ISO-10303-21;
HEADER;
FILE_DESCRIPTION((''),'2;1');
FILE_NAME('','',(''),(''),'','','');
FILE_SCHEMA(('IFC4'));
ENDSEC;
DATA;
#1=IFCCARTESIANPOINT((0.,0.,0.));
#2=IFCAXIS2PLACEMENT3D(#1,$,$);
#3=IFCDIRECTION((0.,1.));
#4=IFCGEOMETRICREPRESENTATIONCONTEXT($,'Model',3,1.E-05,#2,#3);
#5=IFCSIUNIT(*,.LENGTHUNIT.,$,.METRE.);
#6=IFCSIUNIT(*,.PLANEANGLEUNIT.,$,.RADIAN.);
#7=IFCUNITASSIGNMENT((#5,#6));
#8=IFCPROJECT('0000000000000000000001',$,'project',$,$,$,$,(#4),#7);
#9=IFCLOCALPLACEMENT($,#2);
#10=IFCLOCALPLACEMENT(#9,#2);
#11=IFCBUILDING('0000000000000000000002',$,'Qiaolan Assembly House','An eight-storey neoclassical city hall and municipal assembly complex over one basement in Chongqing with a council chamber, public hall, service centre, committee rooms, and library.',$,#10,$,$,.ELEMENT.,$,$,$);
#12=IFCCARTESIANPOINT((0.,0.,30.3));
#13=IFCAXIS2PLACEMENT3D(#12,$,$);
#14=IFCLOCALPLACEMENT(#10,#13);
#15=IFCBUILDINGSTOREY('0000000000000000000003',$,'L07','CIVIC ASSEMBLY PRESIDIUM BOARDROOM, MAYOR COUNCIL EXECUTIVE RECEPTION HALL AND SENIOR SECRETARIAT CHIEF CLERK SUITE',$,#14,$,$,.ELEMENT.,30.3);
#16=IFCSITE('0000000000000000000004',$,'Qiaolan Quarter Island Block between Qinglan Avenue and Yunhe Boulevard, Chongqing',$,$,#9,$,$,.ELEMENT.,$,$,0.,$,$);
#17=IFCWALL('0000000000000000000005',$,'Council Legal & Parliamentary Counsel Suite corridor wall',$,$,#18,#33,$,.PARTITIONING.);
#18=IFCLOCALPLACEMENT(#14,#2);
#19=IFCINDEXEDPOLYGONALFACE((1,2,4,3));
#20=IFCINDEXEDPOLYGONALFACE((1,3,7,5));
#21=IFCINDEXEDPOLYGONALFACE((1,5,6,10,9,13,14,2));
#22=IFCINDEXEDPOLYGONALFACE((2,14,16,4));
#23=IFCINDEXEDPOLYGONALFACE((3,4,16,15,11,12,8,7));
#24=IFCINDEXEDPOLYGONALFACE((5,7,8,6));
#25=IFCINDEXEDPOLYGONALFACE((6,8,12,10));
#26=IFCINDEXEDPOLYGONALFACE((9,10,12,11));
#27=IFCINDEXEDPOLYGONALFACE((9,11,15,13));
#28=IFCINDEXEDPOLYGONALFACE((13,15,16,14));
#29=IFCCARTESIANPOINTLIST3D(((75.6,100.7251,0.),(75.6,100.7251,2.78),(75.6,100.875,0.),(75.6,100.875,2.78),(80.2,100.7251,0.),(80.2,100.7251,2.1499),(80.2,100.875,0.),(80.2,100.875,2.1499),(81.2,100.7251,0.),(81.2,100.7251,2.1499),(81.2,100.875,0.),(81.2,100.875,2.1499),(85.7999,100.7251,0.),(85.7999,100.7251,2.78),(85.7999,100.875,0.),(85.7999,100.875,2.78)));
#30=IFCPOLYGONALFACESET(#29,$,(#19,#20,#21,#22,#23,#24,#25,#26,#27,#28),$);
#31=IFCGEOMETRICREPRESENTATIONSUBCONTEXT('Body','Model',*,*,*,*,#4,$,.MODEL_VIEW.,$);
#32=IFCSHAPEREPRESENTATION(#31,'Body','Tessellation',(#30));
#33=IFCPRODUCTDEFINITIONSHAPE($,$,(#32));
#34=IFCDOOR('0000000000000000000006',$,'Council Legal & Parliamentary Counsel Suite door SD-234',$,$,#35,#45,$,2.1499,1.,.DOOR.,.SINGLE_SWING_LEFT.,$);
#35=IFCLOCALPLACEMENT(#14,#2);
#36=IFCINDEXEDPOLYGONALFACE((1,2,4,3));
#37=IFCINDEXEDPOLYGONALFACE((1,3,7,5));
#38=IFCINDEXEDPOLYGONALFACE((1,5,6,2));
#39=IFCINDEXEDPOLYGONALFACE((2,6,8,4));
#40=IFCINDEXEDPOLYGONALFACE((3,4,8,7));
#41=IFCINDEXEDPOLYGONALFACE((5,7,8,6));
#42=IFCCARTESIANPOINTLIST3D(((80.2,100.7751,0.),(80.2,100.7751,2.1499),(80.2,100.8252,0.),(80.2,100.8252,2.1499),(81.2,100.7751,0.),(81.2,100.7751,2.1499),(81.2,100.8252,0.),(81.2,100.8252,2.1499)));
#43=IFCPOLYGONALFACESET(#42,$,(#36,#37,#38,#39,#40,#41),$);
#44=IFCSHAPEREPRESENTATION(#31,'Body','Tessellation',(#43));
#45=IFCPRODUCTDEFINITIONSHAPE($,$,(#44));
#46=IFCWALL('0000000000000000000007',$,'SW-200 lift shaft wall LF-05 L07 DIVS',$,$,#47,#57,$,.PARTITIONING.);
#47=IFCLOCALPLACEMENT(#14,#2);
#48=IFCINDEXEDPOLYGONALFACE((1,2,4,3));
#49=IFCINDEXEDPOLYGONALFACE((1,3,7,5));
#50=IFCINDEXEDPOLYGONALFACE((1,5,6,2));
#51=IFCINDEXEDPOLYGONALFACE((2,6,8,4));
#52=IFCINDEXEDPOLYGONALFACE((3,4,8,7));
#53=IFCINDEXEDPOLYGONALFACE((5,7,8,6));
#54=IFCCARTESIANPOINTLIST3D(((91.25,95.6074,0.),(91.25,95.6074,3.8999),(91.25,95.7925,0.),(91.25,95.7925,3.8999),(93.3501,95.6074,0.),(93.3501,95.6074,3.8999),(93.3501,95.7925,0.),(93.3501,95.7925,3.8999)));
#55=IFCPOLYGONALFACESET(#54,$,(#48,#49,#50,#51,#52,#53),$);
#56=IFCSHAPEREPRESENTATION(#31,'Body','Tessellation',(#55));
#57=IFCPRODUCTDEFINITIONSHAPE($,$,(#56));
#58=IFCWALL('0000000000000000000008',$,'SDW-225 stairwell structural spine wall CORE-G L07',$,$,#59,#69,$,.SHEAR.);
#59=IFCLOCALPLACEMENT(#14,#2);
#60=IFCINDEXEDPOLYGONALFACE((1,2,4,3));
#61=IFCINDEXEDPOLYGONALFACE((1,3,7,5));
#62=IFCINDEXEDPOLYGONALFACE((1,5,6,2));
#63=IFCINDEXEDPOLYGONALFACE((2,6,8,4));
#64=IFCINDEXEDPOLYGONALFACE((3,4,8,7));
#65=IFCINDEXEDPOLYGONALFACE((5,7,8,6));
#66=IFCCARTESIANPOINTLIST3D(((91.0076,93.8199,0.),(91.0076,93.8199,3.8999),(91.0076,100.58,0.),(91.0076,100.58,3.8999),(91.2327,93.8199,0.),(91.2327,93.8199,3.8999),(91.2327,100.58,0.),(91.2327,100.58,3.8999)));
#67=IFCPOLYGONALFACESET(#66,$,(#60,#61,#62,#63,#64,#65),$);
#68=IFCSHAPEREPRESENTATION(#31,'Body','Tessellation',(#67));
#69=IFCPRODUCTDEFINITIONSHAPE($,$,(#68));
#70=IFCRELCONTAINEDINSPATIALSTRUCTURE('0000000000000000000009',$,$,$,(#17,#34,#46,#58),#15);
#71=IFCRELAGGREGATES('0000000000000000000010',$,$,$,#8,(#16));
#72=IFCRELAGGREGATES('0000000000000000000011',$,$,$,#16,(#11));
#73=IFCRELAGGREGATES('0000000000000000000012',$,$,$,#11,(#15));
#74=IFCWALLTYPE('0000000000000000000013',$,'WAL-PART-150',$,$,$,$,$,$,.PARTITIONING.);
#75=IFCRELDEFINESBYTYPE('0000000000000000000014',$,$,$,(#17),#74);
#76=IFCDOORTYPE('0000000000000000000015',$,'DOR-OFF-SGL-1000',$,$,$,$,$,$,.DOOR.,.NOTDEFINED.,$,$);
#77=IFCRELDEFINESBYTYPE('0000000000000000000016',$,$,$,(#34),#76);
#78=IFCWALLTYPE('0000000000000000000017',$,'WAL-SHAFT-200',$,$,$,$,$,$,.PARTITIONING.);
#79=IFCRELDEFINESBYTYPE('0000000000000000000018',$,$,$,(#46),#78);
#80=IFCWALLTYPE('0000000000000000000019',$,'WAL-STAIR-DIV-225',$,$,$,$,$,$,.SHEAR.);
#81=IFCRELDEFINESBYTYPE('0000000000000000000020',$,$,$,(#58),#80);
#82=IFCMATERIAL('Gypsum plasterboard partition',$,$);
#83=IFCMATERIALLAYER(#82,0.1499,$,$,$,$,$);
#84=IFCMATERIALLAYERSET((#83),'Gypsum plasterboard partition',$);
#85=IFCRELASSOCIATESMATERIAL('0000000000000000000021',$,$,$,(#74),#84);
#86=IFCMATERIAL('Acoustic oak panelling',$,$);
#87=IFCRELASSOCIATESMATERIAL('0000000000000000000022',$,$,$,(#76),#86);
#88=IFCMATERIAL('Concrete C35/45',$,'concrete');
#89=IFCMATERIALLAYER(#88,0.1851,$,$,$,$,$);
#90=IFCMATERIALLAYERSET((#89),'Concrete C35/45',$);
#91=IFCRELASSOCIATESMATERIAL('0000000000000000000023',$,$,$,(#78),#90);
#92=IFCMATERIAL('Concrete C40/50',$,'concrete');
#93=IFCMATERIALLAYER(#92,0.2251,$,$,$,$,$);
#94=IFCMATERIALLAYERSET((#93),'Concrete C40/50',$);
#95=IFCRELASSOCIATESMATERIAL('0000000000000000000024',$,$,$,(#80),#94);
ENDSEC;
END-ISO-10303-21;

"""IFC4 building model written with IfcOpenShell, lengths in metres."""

from ifc_helpers import new_model, si_unit, direction, frame, frame_2d, origin, place, context, subcontext, project, spatial, rectangle, extrude, material, layer, layer_set, type_object, element, fill, save


model = new_model("IFC4")

# Units and contexts
model_context = context("Model", 3, precision=1e-05, world=origin(), true_north=direction((0.0, 1.0)))
body_context = subcontext(model_context, "Body", "Model", "MODEL_VIEW")
ifc_project = project(units=[si_unit("LENGTHUNIT", "METRE"), si_unit("PLANEANGLEUNIT", "RADIAN")], contexts=[model_context])

# Site, building, storey
site_placement = place(None, origin())
site = spatial("IfcSite", under=ifc_project, at=site_placement, Name="Qiaolan Quarter Island Block between Qinglan Avenue and Yunhe Boulevard, Chongqing", CompositionType="ELEMENT", RefElevation=0.0)
building_placement = place(site_placement, origin())
building = spatial("IfcBuilding", under=site, at=building_placement, Name="Qiaolan Assembly House", Description="An eight-storey neoclassical city hall and municipal assembly complex over one basement in Chongqing with a council chamber, public hall, service centre, committee rooms, and library.", CompositionType="ELEMENT")
storey_placement = place(building_placement, frame((0.0, 0.0, 30.3)))
storey = spatial("IfcBuildingStorey", under=building, at=storey_placement, Name="L07", Description="CIVIC ASSEMBLY PRESIDIUM BOARDROOM, MAYOR COUNCIL EXECUTIVE RECEPTION HALL AND SENIOR SECRETARIAT CHIEF CLERK SUITE", CompositionType="ELEMENT", Elevation=30.3)

# Shared definitions
ifc_material_1 = material(Name="Concrete C40/50", Category="concrete")

# Shared definitions
ifc_material_2 = material(Name="Gypsum plasterboard partition")

# Wall, opening, door
ifc_layer_1 = layer(ifc_material_2, 0.1499)
ifc_layer_set_1 = layer_set([ifc_layer_1], Name="Gypsum plasterboard partition")
wall_type_1 = type_object("IfcWallType", Name="WAL-PART-150", PredefinedType="PARTITIONING", material=ifc_layer_set_1)
ifc_material_3 = material(Name="Acoustic oak panelling")
door_type = type_object("IfcDoorType", Name="DOR-OFF-SGL-1000", OperationType="NOTDEFINED", PredefinedType="DOOR", material=ifc_material_3)
wall_1_placement = place(storey_placement, frame((85.8, 100.8, 0.0), z_axis=(0.0, 0.0, 1.0), x_axis=(-1.0, 0.0, 0.0)))
wall_1 = element("IfcWall", 1, at=wall_1_placement, inside=storey, type_object=wall_type_1, Name="Council Legal & Parliamentary Counsel Suite corridor wall", PredefinedType="PARTITIONING", context=body_context, shape_type="SweptSolid", body=[
    extrude(rectangle(XDim=10.2, YDim=0.1499, at=frame_2d((5.1001, 0.0))), origin(), (0.0, 0.0, 1.0), 2.78),
])
opening_1_placement = place(wall_1_placement, frame((4.6001, 0.0, 0.0)))
opening_1 = element("IfcOpeningElement", 2, at=opening_1_placement, cuts=wall_1, PredefinedType="OPENING", context=body_context, shape_type="SweptSolid", body=[
    extrude(rectangle(XDim=1.0, YDim=2.1499, at=frame_2d((0.5, 1.075))), frame((0.0, 0.085, 0.0), z_axis=(0.0, -1.0, 0.0), x_axis=(1.0, 0.0, 0.0)), (0.0, 0.0, 1.0), 0.1699),
])
door_1_placement = place(opening_1_placement, origin())
door_1 = element("IfcDoor", 3, at=door_1_placement, inside=storey, type_object=door_type, Name="Council Legal & Parliamentary Counsel Suite door SD-234", OperationType="SINGLE_SWING_LEFT", OverallHeight=2.1499, OverallWidth=1.0, PredefinedType="DOOR", context=body_context, shape_type="SweptSolid", body=[
    extrude(rectangle(XDim=1.0, YDim=2.1499, at=frame_2d((0.5, 1.075))), frame((0.0, 0.0249, 0.0), z_axis=(0.0, -1.0, 0.0), x_axis=(1.0, 0.0, 0.0)), (0.0, 0.0, 1.0), 0.05),
])
fill(opening_1, door_1)

# Walls
ifc_material_4 = material(Name="Concrete C35/45", Category="concrete")
ifc_layer_2 = layer(ifc_material_4, 0.1851)
ifc_layer_set_2 = layer_set([ifc_layer_2], Name="Concrete C35/45")
wall_type_2 = type_object("IfcWallType", Name="WAL-SHAFT-200", PredefinedType="PARTITIONING", material=ifc_layer_set_2)
wall_2_placement = place(storey_placement, frame((91.25, 95.7, 0.0), z_axis=(0.0, 0.0, 1.0), x_axis=(1.0, 0.0, 0.0)))
element("IfcWall", 4, at=wall_2_placement, inside=storey, type_object=wall_type_2, Name="SW-200 lift shaft wall LF-05 L07 DIVS", PredefinedType="PARTITIONING", context=body_context, shape_type="SweptSolid", body=[
    extrude(rectangle(XDim=2.1001, YDim=0.1851, at=frame_2d((1.05, 0.0))), origin(), (0.0, 0.0, 1.0), 3.8999),
])
ifc_layer_3 = layer(ifc_material_1, 0.2251)
ifc_layer_set_3 = layer_set([ifc_layer_3], Name="Concrete C40/50")
wall_type_3 = type_object("IfcWallType", Name="WAL-STAIR-DIV-225", PredefinedType="SHEAR", material=ifc_layer_set_3)
wall_3_placement = place(storey_placement, frame((91.1201, 93.8201, 0.0), z_axis=(0.0, 0.0, 1.0), x_axis=(0.0, 1.0, 0.0)))
element("IfcWall", 5, at=wall_3_placement, inside=storey, type_object=wall_type_3, Name="SDW-225 stairwell structural spine wall CORE-G L07", PredefinedType="SHEAR", context=body_context, shape_type="SweptSolid", body=[
    extrude(rectangle(XDim=6.76, YDim=0.2251, at=frame_2d((3.3799, 0.0))), origin(), (0.0, 0.0, 1.0), 3.8999),
])

save(model, "model.ifc")
